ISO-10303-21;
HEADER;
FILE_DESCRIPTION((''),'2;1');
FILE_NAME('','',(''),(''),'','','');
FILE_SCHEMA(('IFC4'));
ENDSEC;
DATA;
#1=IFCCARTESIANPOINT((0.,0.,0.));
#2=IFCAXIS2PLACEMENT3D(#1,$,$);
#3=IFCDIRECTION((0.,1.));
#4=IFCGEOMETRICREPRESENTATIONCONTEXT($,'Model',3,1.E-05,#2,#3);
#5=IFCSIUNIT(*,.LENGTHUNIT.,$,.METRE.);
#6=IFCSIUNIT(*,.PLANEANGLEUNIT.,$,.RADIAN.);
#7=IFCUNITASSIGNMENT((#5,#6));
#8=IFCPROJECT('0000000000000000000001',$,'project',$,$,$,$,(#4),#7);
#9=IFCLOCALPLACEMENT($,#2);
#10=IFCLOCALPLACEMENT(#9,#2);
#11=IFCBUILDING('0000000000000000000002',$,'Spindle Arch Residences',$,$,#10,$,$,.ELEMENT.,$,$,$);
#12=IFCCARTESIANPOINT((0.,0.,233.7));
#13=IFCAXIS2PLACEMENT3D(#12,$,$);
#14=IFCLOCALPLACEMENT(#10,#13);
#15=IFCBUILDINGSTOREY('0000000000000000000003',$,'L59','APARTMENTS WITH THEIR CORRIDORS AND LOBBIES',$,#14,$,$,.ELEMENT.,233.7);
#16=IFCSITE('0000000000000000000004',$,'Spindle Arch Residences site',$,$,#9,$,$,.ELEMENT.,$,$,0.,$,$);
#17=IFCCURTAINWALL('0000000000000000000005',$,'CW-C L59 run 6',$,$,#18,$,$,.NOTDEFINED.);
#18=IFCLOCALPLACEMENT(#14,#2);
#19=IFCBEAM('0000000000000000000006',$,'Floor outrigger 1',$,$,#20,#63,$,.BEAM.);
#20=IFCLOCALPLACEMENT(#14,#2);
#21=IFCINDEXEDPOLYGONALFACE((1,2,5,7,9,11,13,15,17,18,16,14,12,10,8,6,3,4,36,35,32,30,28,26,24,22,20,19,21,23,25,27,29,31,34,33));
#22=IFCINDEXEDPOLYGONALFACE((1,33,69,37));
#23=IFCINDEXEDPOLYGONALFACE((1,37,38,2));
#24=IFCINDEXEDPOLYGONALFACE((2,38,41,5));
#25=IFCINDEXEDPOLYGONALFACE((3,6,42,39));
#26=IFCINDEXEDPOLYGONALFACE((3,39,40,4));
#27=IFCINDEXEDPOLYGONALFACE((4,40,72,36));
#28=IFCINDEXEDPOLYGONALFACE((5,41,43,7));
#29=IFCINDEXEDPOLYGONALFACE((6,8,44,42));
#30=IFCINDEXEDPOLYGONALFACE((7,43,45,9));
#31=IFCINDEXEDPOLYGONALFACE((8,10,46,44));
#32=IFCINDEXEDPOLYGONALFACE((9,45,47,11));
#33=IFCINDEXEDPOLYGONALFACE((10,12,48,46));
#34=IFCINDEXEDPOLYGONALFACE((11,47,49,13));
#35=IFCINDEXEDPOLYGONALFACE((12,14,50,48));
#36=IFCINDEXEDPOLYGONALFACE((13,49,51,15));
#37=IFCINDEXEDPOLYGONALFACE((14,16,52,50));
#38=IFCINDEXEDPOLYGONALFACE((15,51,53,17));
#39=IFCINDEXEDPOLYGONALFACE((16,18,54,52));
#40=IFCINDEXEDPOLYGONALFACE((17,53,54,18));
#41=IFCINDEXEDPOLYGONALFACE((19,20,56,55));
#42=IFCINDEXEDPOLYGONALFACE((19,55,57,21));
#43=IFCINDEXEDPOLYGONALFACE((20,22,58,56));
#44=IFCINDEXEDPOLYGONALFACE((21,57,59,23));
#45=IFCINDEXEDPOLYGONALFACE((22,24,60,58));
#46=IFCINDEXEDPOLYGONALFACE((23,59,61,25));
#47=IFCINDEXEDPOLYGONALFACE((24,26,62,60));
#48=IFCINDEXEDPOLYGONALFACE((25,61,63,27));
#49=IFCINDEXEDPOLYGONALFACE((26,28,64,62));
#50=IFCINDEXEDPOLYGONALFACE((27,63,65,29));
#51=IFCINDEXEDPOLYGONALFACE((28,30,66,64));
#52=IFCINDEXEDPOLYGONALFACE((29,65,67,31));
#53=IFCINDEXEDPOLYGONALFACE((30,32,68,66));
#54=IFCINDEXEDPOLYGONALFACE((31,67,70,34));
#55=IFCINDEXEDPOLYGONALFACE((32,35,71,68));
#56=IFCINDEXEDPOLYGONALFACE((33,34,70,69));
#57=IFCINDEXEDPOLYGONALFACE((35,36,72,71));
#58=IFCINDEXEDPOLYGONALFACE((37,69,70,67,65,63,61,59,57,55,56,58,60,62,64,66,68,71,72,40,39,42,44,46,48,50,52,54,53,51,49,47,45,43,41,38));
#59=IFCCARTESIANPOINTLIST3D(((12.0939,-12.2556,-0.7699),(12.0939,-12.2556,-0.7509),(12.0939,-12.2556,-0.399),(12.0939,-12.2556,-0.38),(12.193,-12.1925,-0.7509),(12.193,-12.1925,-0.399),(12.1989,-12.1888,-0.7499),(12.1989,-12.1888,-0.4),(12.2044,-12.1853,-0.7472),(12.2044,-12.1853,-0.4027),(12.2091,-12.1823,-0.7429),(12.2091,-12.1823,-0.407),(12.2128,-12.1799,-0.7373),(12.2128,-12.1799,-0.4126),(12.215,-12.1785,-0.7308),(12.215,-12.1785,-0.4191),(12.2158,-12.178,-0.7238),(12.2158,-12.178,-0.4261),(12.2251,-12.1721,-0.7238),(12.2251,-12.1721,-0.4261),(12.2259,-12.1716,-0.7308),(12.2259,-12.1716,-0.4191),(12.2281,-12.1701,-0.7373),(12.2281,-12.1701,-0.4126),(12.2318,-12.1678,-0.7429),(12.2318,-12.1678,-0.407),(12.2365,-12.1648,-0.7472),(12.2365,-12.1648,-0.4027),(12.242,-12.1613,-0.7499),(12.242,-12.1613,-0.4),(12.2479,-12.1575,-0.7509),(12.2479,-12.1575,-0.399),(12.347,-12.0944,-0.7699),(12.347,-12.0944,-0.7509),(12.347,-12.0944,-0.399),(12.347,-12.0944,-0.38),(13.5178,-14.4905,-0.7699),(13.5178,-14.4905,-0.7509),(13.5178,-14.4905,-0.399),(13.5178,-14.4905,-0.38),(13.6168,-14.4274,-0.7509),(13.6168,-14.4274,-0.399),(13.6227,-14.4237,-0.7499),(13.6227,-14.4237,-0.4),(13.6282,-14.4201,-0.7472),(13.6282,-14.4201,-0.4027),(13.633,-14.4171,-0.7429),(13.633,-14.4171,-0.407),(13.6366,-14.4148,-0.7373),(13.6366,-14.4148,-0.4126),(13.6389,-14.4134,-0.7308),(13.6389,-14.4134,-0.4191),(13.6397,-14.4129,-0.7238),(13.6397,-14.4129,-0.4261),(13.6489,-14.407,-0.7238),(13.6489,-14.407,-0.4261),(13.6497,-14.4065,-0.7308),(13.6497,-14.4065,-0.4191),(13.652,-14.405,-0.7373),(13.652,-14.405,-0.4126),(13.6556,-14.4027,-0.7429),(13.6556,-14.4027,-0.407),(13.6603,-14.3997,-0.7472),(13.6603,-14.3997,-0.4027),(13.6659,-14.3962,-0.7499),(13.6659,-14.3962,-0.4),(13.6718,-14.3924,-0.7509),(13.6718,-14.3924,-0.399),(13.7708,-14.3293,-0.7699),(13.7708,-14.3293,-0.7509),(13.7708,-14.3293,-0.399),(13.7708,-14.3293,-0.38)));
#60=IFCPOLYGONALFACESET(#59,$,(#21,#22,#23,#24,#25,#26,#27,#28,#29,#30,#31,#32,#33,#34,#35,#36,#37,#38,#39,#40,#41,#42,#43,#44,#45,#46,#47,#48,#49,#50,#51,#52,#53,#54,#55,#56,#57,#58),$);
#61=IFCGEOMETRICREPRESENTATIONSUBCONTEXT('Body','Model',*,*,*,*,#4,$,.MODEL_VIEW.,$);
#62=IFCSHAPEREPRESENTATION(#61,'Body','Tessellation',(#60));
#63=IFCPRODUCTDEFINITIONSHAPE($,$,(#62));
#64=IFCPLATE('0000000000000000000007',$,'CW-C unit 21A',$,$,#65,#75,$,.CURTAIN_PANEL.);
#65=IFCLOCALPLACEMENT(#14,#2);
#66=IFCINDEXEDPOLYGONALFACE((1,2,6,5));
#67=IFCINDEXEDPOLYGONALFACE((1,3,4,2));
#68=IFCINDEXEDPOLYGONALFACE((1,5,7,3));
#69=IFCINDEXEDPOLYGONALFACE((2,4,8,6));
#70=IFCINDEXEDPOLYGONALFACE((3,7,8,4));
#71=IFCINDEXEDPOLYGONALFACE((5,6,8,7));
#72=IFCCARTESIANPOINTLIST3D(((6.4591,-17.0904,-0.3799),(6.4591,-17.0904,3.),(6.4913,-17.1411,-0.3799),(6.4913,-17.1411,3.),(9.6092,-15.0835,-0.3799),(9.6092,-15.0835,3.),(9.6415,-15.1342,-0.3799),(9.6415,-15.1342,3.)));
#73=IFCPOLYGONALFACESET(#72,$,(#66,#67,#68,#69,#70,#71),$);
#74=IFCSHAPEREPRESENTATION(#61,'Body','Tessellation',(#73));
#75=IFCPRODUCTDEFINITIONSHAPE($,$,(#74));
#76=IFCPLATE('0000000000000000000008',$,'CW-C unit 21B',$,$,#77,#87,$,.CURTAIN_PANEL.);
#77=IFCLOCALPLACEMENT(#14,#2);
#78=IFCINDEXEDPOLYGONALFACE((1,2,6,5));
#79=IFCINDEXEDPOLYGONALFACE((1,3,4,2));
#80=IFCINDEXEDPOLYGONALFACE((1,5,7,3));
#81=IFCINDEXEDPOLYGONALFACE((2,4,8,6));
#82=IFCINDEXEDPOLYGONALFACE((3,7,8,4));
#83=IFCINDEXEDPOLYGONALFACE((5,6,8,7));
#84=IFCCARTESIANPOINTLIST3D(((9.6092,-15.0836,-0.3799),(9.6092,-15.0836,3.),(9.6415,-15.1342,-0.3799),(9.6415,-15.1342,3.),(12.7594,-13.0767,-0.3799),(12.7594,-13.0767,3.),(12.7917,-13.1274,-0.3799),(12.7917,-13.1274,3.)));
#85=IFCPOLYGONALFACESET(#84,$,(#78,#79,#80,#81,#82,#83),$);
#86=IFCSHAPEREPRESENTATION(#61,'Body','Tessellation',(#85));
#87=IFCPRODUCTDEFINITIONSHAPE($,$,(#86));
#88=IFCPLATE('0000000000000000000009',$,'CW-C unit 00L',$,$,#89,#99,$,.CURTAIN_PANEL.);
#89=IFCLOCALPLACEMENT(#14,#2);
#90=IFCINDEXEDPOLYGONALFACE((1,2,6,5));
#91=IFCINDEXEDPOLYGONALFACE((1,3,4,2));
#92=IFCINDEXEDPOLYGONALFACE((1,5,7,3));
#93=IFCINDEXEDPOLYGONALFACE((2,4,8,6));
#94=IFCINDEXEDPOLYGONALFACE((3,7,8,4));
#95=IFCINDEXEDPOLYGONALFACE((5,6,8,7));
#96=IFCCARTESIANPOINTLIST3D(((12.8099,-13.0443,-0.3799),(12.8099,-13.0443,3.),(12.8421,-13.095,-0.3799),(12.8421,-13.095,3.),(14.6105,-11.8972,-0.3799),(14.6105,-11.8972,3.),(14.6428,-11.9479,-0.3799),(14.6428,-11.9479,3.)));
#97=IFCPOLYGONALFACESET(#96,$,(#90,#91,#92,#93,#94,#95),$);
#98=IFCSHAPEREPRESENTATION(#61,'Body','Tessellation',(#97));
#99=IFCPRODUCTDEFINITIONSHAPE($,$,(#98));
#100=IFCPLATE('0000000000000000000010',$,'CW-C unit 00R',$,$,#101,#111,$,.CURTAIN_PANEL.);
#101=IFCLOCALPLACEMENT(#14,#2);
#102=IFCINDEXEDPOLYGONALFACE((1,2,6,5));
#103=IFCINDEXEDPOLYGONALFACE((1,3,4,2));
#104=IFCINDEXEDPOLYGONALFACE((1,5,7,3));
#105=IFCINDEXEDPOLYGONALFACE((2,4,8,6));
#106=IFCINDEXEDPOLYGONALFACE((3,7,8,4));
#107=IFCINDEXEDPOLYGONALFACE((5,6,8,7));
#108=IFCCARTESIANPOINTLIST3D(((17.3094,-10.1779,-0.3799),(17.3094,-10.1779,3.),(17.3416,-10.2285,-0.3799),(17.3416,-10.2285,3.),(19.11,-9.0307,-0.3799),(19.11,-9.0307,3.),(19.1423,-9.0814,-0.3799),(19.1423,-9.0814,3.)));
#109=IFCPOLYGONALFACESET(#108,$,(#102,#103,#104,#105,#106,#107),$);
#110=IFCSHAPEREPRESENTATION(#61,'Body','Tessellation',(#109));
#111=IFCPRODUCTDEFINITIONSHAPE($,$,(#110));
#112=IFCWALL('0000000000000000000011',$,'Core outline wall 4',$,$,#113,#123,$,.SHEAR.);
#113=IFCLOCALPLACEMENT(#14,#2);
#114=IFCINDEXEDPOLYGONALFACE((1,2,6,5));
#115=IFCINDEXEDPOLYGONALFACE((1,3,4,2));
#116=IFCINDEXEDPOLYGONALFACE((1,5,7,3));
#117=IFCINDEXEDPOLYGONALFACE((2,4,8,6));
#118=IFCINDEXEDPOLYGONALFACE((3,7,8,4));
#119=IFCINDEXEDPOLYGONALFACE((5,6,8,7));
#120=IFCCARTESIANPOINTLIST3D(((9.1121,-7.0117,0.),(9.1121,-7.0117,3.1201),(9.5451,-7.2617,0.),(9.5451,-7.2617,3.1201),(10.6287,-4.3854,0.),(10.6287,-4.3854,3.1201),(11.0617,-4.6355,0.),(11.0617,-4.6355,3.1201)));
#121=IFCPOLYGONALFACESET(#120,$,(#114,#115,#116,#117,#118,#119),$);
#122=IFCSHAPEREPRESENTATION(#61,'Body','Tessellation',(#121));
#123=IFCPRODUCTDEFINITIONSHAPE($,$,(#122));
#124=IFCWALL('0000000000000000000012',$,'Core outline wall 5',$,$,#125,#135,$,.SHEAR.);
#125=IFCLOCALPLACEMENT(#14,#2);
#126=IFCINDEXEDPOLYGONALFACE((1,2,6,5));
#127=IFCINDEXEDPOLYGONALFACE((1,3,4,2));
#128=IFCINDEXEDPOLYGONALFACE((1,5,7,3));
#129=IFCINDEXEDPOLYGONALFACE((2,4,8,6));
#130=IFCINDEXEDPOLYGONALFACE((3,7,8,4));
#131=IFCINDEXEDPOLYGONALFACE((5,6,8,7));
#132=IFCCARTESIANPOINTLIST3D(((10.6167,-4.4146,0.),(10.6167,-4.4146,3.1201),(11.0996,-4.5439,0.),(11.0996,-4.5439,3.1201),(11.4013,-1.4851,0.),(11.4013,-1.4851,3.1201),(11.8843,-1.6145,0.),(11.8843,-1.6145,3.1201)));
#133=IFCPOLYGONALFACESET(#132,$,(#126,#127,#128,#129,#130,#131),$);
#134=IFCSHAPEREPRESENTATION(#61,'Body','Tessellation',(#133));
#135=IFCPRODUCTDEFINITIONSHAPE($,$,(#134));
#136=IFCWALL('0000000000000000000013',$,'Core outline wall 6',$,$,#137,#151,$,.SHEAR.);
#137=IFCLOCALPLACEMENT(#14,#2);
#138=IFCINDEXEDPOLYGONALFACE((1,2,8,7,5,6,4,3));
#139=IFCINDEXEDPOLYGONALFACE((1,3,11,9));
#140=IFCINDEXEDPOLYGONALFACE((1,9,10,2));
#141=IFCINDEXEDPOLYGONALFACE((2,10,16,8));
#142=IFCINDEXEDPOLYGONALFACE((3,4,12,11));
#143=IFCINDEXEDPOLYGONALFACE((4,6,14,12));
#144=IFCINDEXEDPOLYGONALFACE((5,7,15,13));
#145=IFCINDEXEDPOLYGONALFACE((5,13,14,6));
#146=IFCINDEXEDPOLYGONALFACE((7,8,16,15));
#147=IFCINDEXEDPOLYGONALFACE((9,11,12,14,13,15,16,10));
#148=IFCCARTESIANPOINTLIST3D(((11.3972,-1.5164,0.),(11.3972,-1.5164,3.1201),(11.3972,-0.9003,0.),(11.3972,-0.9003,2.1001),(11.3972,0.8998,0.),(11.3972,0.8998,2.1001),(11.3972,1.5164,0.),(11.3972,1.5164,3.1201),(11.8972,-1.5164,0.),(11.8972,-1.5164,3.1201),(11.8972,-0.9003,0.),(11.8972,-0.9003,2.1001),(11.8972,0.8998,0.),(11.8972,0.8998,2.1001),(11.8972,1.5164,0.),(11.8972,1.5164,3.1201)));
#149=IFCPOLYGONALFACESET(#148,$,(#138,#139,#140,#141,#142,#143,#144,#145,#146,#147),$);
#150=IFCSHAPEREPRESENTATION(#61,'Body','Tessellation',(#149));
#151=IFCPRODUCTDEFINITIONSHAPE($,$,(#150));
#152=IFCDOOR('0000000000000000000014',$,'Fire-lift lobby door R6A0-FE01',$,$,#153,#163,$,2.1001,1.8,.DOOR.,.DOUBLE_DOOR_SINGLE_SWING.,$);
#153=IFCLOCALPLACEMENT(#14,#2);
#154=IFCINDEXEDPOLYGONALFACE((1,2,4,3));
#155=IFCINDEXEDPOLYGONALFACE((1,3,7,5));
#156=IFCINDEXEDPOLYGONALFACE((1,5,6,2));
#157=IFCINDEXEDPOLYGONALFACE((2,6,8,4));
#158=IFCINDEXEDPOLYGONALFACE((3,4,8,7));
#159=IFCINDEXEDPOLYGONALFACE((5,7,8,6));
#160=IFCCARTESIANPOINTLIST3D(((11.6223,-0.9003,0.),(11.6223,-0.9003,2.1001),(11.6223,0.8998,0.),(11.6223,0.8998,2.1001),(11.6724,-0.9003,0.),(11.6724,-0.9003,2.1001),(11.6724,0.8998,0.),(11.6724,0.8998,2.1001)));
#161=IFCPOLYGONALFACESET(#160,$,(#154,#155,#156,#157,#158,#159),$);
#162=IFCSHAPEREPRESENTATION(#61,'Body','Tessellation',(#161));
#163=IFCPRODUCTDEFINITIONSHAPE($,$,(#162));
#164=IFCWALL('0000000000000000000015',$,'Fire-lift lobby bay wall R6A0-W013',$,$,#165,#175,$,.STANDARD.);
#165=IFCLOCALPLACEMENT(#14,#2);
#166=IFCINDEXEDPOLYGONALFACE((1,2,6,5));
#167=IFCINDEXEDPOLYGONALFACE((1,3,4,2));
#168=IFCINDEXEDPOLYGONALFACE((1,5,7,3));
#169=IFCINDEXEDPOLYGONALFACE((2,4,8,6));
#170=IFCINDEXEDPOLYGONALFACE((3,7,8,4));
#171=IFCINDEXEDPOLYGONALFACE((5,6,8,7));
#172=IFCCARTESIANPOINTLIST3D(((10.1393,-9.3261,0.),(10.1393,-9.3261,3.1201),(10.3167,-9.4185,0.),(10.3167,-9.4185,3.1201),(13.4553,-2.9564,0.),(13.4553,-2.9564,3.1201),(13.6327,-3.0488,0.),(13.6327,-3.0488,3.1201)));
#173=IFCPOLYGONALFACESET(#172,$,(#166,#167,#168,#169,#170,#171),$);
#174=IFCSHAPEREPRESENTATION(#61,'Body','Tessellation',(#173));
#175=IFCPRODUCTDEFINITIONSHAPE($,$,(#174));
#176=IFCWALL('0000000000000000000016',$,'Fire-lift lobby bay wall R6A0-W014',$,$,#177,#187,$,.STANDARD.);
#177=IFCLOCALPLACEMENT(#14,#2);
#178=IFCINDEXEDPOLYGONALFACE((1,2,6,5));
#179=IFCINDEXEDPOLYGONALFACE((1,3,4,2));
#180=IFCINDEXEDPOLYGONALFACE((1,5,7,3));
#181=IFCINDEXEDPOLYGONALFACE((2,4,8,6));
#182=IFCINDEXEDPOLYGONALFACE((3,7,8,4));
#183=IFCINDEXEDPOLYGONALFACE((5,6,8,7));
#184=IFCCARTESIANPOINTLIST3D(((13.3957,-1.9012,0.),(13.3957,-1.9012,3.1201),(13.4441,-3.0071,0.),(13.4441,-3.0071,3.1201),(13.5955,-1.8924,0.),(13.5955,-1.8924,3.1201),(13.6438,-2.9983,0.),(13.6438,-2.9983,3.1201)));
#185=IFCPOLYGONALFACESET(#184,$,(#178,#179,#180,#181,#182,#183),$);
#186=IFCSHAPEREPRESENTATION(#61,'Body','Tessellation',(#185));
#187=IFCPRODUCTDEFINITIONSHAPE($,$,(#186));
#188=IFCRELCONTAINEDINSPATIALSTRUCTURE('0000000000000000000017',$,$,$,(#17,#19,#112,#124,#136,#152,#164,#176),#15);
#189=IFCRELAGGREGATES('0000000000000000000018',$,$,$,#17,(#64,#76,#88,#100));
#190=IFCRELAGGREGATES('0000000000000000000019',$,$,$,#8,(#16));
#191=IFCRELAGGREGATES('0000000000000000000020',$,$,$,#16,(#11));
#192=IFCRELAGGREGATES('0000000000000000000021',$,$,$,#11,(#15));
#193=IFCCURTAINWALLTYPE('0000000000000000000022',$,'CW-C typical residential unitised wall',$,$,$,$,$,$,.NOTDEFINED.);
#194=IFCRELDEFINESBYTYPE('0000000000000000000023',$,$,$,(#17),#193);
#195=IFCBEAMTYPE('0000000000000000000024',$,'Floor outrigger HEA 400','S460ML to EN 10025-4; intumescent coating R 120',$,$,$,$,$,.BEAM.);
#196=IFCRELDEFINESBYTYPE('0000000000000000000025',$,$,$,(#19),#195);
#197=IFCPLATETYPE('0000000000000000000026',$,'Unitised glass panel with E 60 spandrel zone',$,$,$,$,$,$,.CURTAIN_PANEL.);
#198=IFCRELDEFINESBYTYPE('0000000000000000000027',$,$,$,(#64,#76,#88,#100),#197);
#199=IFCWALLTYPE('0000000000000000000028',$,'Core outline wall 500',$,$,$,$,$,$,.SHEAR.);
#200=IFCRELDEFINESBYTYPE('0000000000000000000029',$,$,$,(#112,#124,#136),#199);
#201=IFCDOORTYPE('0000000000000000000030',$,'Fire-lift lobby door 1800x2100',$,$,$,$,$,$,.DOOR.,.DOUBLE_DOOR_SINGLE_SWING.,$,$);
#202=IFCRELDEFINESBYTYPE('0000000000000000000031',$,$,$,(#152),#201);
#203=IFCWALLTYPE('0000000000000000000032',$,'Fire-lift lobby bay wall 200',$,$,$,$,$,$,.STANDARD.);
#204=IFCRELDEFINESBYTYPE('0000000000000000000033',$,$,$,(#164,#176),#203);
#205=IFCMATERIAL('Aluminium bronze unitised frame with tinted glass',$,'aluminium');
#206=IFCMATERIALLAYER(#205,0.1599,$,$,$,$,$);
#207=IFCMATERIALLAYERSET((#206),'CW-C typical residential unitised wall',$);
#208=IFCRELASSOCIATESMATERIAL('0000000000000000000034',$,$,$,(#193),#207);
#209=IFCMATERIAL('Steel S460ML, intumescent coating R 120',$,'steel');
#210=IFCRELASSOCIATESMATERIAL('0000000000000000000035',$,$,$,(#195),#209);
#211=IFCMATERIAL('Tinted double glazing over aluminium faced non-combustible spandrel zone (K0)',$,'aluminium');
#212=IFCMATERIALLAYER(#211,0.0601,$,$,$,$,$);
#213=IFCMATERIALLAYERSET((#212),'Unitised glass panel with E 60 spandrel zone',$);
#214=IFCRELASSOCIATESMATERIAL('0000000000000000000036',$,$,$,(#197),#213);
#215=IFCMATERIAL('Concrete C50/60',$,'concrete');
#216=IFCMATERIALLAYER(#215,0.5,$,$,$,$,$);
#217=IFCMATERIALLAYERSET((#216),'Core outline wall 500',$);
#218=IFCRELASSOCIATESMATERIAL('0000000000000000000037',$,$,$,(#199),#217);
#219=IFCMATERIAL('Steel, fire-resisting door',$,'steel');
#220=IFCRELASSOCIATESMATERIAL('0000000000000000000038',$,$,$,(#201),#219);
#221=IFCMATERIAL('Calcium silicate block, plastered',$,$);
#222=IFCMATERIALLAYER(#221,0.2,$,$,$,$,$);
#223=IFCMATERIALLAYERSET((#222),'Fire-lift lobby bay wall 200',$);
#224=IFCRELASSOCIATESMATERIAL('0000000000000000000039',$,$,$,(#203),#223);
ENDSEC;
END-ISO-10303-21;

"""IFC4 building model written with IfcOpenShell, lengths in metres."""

from ifc_helpers import new_model, si_unit, direction, frame, frame_2d, origin, origin_2d, place, context, subcontext, project, spatial, rectangle, i_section, extrude, material, layer, layer_set, material_profile, profile_set, type_object, element, fill, aggregate, save


model = new_model("IFC4")

# Units and contexts
model_context = context("Model", 3, precision=1e-05, world=origin(), true_north=direction((0.0, 1.0)))
body_context = subcontext(model_context, "Body", "Model", "MODEL_VIEW")
ifc_project = project(units=[si_unit("LENGTHUNIT", "METRE"), si_unit("PLANEANGLEUNIT", "RADIAN")], contexts=[model_context])

# Site, building, storey
site_placement = place(None, origin())
site = spatial("IfcSite", under=ifc_project, at=site_placement, Name="Spindle Arch Residences site", CompositionType="ELEMENT", RefElevation=0.0)
building_placement = place(site_placement, origin())
building = spatial("IfcBuilding", under=site, at=building_placement, Name="Spindle Arch Residences", CompositionType="ELEMENT")
storey_placement = place(building_placement, frame((0.0, 0.0, 233.7)))
storey = spatial("IfcBuildingStorey", under=building, at=storey_placement, Name="L59", Description="APARTMENTS WITH THEIR CORRIDORS AND LOBBIES", CompositionType="ELEMENT", Elevation=233.7)

# Curtain wall
ifc_material_1 = material(Name="Aluminium bronze unitised frame with tinted glass", Category="aluminium")
ifc_layer_1 = layer(ifc_material_1, 0.1599)
ifc_layer_set_1 = layer_set([ifc_layer_1], Name="CW-C typical residential unitised wall")
curtain_wall_type = type_object("IfcCurtainWallType", Name="CW-C typical residential unitised wall", PredefinedType="NOTDEFINED", material=ifc_layer_set_1)
curtain_wall_placement = place(storey_placement, origin())
curtain_wall = element("IfcCurtainWall", 1, at=curtain_wall_placement, inside=storey, type_object=curtain_wall_type, Name="CW-C L59 run 6", PredefinedType="NOTDEFINED")

# Beam
ifc_material_2 = material(Name="Steel S460ML, intumescent coating R 120", Category="steel")
ifc_material_profile_1 = material_profile(ifc_material_2, i_section(OverallWidth=0.3, OverallDepth=0.3899, WebThickness=0.011, FlangeThickness=0.019, FilletRadius=0.0271, at=origin_2d()), Name="HEA 400")
ifc_profile_set_1 = profile_set([ifc_material_profile_1], Name="Steel S460ML, intumescent coating R 120")
beam_type_1 = type_object("IfcBeamType", Name="Floor outrigger HEA 400", Description="S460ML to EN 10025-4; intumescent coating R 120", PredefinedType="BEAM", material=ifc_profile_set_1)
beam_1_placement = place(storey_placement, frame((13.6443, -14.4099, -0.575), z_axis=(-0.537317, 0.843381, 0.0), x_axis=(-0.843381, -0.537317, 0.0)))
element("IfcBeam", 2, at=beam_1_placement, inside=storey, type_object=beam_type_1, Name="Floor outrigger 1", PredefinedType="BEAM", context=body_context, shape_type="SweptSolid", body=[
    extrude(i_section(OverallWidth=0.3, OverallDepth=0.3899, WebThickness=0.011, FlangeThickness=0.019, FilletRadius=0.0271, at=origin_2d()), origin(), (0.0, 0.0, 1.0), 2.6499),
])

# Plates
ifc_material_3 = material(Name="Tinted double glazing over aluminium faced non-combustible spandrel zone (K0)", Category="aluminium")
ifc_layer_2 = layer(ifc_material_3, 0.0601)
ifc_layer_set_2 = layer_set([ifc_layer_2], Name="Unitised glass panel with E 60 spandrel zone")
plate_type = type_object("IfcPlateType", Name="Unitised glass panel with E 60 spandrel zone", PredefinedType="CURTAIN_PANEL", material=ifc_layer_set_2)
plate_1_placement = place(storey_placement, frame((8.0503, -16.1123, -0.3799), z_axis=(0.0, 0.0, 1.0), x_axis=(0.843391, 0.5373, 0.0)))
plate_1 = element("IfcPlate", 3, at=plate_1_placement, type_object=plate_type, Name="CW-C unit 21A", PredefinedType="CURTAIN_PANEL", context=body_context, shape_type="SweptSolid", body=[
    extrude(rectangle(XDim=3.7351, YDim=0.0601, at=origin_2d()), origin(), (0.0, 0.0, 1.0), 3.3799),
])
plate_2_placement = place(storey_placement, frame((11.2004, -14.1055, -0.3799), z_axis=(0.0, 0.0, 1.0), x_axis=(0.843391, 0.5373, 0.0)))
plate_2 = element("IfcPlate", 4, at=plate_2_placement, type_object=plate_type, Name="CW-C unit 21B", PredefinedType="CURTAIN_PANEL", context=body_context, shape_type="SweptSolid", body=[
    extrude(rectangle(XDim=3.7351, YDim=0.0601, at=origin_2d()), origin(), (0.0, 0.0, 1.0), 3.3799),
])
plate_3_placement = place(storey_placement, frame((13.7263, -12.4961, -0.3799), z_axis=(0.0, 0.0, 1.0), x_axis=(0.843391, 0.5373, 0.0)))
plate_3 = element("IfcPlate", 5, at=plate_3_placement, type_object=plate_type, Name="CW-C unit 00L", PredefinedType="CURTAIN_PANEL", context=body_context, shape_type="SweptSolid", body=[
    extrude(rectangle(XDim=2.135, YDim=0.0601, at=origin_2d()), origin(), (0.0, 0.0, 1.0), 3.3799),
])
plate_4_placement = place(storey_placement, frame((18.2258, -9.6296, -0.3799), z_axis=(0.0, 0.0, 1.0), x_axis=(0.843391, 0.5373, 0.0)))
plate_4 = element("IfcPlate", 6, at=plate_4_placement, type_object=plate_type, Name="CW-C unit 00R", PredefinedType="CURTAIN_PANEL", context=body_context, shape_type="SweptSolid", body=[
    extrude(rectangle(XDim=2.135, YDim=0.0601, at=origin_2d()), origin(), (0.0, 0.0, 1.0), 3.3799),
])
aggregate(curtain_wall, [plate_1, plate_2, plate_3, plate_4])

# Walls
ifc_material_4 = material(Name="Concrete C50/60", Category="concrete")
ifc_layer_3 = layer(ifc_material_4, 0.5)
ifc_layer_set_3 = layer_set([ifc_layer_3], Name="Core outline wall 500")
wall_type_1 = type_object("IfcWallType", Name="Core outline wall 500", PredefinedType="SHEAR", material=ifc_layer_set_3)
for number, where, z_axis, x_axis, name in (
    (7, (9.3286, -7.1367, 0.0), (0.0, 0.0, 1.0), (0.500087, 0.865975, 0.0), "Core outline wall 4"),
    (8, (10.8582, -4.4792, 0.0), (0.0, 0.0, 1.0), (0.258735, 0.965948, 0.0), "Core outline wall 5"),
):
    element("IfcWall", number, at=place(storey_placement, frame(where, z_axis=z_axis, x_axis=x_axis)), inside=storey, type_object=wall_type_1, Name=name, PredefinedType="SHEAR", context=body_context, shape_type="SweptSolid", body=[
        extrude(rectangle(XDim=3.0327, YDim=0.5, at=frame_2d((1.5164, 0.0))), origin(), (0.0, 0.0, 1.0), 3.1201),
    ])

# Wall, opening, door
wall_1_placement = place(storey_placement, frame((11.6472, -1.5164, 0.0), z_axis=(0.0, 0.0, 1.0), x_axis=(0.0, 1.0, 0.0)))
wall_1 = element("IfcWall", 9, at=wall_1_placement, inside=storey, type_object=wall_type_1, Name="Core outline wall 6", PredefinedType="SHEAR", context=body_context, shape_type="SweptSolid", body=[
    extrude(rectangle(XDim=3.0327, YDim=0.5, at=frame_2d((1.5164, 0.0))), origin(), (0.0, 0.0, 1.0), 3.1201),
])
opening_1_placement = place(wall_1_placement, frame((0.6162, 0.0, 0.0)))
opening_1 = element("IfcOpeningElement", 10, at=opening_1_placement, cuts=wall_1, PredefinedType="OPENING", context=body_context, shape_type="SweptSolid", body=[
    extrude(rectangle(XDim=1.8, YDim=2.1001, at=frame_2d((0.8999, 1.05))), frame((0.0, 0.26, 0.0), z_axis=(0.0, -1.0, 0.0), x_axis=(1.0, 0.0, 0.0)), (0.0, 0.0, 1.0), 0.52),
])
ifc_material_5 = material(Name="Steel, fire-resisting door", Category="steel")
door_type_1 = type_object("IfcDoorType", Name="Fire-lift lobby door 1800x2100", OperationType="DOUBLE_DOOR_SINGLE_SWING", PredefinedType="DOOR", material=ifc_material_5)
door_1_placement = place(opening_1_placement, origin())
door_1 = element("IfcDoor", 11, at=door_1_placement, inside=storey, type_object=door_type_1, Name="Fire-lift lobby door R6A0-FE01", OperationType="DOUBLE_DOOR_SINGLE_SWING", OverallHeight=2.1001, OverallWidth=1.8, PredefinedType="DOOR", context=body_context, shape_type="SweptSolid", body=[
    extrude(rectangle(XDim=1.8, YDim=2.1001, at=frame_2d((0.8999, 1.05))), frame((0.0, 0.0249, 0.0), z_axis=(0.0, -1.0, 0.0), x_axis=(1.0, 0.0, 0.0)), (0.0, 0.0, 1.0), 0.05),
])
fill(opening_1, door_1)

# Walls
ifc_material_6 = material(Name="Calcium silicate block, plastered")
ifc_layer_4 = layer(ifc_material_6, 0.2)
ifc_layer_set_4 = layer_set([ifc_layer_4], Name="Fire-lift lobby bay wall 200")
wall_type_2 = type_object("IfcWallType", Name="Fire-lift lobby bay wall 200", PredefinedType="STANDARD", material=ifc_layer_set_4)
wall_2_placement = place(storey_placement, frame((10.228, -9.3723, 0.0), z_axis=(0.0, 0.0, 1.0), x_axis=(0.461759, 0.887005, 0.0)))
element("IfcWall", 12, at=wall_2_placement, inside=storey, type_object=wall_type_2, Name="Fire-lift lobby bay wall R6A0-W013", PredefinedType="STANDARD", context=body_context, shape_type="SweptSolid", body=[
    extrude(rectangle(XDim=7.1812, YDim=0.2, at=frame_2d((3.5906, 0.0))), origin(), (0.0, 0.0, 1.0), 3.1201),
])
wall_3_placement = place(storey_placement, frame((13.5439, -3.0027, 0.0), z_axis=(0.0, 0.0, 1.0), x_axis=(-0.043667, 0.999046, 0.0)))
element("IfcWall", 13, at=wall_3_placement, inside=storey, type_object=wall_type_2, Name="Fire-lift lobby bay wall R6A0-W014", PredefinedType="STANDARD", context=body_context, shape_type="SweptSolid", body=[
    extrude(rectangle(XDim=1.1069, YDim=0.2, at=frame_2d((0.5535, 0.0))), origin(), (0.0, 0.0, 1.0), 3.1201),
])

save(model, "model.ifc")
